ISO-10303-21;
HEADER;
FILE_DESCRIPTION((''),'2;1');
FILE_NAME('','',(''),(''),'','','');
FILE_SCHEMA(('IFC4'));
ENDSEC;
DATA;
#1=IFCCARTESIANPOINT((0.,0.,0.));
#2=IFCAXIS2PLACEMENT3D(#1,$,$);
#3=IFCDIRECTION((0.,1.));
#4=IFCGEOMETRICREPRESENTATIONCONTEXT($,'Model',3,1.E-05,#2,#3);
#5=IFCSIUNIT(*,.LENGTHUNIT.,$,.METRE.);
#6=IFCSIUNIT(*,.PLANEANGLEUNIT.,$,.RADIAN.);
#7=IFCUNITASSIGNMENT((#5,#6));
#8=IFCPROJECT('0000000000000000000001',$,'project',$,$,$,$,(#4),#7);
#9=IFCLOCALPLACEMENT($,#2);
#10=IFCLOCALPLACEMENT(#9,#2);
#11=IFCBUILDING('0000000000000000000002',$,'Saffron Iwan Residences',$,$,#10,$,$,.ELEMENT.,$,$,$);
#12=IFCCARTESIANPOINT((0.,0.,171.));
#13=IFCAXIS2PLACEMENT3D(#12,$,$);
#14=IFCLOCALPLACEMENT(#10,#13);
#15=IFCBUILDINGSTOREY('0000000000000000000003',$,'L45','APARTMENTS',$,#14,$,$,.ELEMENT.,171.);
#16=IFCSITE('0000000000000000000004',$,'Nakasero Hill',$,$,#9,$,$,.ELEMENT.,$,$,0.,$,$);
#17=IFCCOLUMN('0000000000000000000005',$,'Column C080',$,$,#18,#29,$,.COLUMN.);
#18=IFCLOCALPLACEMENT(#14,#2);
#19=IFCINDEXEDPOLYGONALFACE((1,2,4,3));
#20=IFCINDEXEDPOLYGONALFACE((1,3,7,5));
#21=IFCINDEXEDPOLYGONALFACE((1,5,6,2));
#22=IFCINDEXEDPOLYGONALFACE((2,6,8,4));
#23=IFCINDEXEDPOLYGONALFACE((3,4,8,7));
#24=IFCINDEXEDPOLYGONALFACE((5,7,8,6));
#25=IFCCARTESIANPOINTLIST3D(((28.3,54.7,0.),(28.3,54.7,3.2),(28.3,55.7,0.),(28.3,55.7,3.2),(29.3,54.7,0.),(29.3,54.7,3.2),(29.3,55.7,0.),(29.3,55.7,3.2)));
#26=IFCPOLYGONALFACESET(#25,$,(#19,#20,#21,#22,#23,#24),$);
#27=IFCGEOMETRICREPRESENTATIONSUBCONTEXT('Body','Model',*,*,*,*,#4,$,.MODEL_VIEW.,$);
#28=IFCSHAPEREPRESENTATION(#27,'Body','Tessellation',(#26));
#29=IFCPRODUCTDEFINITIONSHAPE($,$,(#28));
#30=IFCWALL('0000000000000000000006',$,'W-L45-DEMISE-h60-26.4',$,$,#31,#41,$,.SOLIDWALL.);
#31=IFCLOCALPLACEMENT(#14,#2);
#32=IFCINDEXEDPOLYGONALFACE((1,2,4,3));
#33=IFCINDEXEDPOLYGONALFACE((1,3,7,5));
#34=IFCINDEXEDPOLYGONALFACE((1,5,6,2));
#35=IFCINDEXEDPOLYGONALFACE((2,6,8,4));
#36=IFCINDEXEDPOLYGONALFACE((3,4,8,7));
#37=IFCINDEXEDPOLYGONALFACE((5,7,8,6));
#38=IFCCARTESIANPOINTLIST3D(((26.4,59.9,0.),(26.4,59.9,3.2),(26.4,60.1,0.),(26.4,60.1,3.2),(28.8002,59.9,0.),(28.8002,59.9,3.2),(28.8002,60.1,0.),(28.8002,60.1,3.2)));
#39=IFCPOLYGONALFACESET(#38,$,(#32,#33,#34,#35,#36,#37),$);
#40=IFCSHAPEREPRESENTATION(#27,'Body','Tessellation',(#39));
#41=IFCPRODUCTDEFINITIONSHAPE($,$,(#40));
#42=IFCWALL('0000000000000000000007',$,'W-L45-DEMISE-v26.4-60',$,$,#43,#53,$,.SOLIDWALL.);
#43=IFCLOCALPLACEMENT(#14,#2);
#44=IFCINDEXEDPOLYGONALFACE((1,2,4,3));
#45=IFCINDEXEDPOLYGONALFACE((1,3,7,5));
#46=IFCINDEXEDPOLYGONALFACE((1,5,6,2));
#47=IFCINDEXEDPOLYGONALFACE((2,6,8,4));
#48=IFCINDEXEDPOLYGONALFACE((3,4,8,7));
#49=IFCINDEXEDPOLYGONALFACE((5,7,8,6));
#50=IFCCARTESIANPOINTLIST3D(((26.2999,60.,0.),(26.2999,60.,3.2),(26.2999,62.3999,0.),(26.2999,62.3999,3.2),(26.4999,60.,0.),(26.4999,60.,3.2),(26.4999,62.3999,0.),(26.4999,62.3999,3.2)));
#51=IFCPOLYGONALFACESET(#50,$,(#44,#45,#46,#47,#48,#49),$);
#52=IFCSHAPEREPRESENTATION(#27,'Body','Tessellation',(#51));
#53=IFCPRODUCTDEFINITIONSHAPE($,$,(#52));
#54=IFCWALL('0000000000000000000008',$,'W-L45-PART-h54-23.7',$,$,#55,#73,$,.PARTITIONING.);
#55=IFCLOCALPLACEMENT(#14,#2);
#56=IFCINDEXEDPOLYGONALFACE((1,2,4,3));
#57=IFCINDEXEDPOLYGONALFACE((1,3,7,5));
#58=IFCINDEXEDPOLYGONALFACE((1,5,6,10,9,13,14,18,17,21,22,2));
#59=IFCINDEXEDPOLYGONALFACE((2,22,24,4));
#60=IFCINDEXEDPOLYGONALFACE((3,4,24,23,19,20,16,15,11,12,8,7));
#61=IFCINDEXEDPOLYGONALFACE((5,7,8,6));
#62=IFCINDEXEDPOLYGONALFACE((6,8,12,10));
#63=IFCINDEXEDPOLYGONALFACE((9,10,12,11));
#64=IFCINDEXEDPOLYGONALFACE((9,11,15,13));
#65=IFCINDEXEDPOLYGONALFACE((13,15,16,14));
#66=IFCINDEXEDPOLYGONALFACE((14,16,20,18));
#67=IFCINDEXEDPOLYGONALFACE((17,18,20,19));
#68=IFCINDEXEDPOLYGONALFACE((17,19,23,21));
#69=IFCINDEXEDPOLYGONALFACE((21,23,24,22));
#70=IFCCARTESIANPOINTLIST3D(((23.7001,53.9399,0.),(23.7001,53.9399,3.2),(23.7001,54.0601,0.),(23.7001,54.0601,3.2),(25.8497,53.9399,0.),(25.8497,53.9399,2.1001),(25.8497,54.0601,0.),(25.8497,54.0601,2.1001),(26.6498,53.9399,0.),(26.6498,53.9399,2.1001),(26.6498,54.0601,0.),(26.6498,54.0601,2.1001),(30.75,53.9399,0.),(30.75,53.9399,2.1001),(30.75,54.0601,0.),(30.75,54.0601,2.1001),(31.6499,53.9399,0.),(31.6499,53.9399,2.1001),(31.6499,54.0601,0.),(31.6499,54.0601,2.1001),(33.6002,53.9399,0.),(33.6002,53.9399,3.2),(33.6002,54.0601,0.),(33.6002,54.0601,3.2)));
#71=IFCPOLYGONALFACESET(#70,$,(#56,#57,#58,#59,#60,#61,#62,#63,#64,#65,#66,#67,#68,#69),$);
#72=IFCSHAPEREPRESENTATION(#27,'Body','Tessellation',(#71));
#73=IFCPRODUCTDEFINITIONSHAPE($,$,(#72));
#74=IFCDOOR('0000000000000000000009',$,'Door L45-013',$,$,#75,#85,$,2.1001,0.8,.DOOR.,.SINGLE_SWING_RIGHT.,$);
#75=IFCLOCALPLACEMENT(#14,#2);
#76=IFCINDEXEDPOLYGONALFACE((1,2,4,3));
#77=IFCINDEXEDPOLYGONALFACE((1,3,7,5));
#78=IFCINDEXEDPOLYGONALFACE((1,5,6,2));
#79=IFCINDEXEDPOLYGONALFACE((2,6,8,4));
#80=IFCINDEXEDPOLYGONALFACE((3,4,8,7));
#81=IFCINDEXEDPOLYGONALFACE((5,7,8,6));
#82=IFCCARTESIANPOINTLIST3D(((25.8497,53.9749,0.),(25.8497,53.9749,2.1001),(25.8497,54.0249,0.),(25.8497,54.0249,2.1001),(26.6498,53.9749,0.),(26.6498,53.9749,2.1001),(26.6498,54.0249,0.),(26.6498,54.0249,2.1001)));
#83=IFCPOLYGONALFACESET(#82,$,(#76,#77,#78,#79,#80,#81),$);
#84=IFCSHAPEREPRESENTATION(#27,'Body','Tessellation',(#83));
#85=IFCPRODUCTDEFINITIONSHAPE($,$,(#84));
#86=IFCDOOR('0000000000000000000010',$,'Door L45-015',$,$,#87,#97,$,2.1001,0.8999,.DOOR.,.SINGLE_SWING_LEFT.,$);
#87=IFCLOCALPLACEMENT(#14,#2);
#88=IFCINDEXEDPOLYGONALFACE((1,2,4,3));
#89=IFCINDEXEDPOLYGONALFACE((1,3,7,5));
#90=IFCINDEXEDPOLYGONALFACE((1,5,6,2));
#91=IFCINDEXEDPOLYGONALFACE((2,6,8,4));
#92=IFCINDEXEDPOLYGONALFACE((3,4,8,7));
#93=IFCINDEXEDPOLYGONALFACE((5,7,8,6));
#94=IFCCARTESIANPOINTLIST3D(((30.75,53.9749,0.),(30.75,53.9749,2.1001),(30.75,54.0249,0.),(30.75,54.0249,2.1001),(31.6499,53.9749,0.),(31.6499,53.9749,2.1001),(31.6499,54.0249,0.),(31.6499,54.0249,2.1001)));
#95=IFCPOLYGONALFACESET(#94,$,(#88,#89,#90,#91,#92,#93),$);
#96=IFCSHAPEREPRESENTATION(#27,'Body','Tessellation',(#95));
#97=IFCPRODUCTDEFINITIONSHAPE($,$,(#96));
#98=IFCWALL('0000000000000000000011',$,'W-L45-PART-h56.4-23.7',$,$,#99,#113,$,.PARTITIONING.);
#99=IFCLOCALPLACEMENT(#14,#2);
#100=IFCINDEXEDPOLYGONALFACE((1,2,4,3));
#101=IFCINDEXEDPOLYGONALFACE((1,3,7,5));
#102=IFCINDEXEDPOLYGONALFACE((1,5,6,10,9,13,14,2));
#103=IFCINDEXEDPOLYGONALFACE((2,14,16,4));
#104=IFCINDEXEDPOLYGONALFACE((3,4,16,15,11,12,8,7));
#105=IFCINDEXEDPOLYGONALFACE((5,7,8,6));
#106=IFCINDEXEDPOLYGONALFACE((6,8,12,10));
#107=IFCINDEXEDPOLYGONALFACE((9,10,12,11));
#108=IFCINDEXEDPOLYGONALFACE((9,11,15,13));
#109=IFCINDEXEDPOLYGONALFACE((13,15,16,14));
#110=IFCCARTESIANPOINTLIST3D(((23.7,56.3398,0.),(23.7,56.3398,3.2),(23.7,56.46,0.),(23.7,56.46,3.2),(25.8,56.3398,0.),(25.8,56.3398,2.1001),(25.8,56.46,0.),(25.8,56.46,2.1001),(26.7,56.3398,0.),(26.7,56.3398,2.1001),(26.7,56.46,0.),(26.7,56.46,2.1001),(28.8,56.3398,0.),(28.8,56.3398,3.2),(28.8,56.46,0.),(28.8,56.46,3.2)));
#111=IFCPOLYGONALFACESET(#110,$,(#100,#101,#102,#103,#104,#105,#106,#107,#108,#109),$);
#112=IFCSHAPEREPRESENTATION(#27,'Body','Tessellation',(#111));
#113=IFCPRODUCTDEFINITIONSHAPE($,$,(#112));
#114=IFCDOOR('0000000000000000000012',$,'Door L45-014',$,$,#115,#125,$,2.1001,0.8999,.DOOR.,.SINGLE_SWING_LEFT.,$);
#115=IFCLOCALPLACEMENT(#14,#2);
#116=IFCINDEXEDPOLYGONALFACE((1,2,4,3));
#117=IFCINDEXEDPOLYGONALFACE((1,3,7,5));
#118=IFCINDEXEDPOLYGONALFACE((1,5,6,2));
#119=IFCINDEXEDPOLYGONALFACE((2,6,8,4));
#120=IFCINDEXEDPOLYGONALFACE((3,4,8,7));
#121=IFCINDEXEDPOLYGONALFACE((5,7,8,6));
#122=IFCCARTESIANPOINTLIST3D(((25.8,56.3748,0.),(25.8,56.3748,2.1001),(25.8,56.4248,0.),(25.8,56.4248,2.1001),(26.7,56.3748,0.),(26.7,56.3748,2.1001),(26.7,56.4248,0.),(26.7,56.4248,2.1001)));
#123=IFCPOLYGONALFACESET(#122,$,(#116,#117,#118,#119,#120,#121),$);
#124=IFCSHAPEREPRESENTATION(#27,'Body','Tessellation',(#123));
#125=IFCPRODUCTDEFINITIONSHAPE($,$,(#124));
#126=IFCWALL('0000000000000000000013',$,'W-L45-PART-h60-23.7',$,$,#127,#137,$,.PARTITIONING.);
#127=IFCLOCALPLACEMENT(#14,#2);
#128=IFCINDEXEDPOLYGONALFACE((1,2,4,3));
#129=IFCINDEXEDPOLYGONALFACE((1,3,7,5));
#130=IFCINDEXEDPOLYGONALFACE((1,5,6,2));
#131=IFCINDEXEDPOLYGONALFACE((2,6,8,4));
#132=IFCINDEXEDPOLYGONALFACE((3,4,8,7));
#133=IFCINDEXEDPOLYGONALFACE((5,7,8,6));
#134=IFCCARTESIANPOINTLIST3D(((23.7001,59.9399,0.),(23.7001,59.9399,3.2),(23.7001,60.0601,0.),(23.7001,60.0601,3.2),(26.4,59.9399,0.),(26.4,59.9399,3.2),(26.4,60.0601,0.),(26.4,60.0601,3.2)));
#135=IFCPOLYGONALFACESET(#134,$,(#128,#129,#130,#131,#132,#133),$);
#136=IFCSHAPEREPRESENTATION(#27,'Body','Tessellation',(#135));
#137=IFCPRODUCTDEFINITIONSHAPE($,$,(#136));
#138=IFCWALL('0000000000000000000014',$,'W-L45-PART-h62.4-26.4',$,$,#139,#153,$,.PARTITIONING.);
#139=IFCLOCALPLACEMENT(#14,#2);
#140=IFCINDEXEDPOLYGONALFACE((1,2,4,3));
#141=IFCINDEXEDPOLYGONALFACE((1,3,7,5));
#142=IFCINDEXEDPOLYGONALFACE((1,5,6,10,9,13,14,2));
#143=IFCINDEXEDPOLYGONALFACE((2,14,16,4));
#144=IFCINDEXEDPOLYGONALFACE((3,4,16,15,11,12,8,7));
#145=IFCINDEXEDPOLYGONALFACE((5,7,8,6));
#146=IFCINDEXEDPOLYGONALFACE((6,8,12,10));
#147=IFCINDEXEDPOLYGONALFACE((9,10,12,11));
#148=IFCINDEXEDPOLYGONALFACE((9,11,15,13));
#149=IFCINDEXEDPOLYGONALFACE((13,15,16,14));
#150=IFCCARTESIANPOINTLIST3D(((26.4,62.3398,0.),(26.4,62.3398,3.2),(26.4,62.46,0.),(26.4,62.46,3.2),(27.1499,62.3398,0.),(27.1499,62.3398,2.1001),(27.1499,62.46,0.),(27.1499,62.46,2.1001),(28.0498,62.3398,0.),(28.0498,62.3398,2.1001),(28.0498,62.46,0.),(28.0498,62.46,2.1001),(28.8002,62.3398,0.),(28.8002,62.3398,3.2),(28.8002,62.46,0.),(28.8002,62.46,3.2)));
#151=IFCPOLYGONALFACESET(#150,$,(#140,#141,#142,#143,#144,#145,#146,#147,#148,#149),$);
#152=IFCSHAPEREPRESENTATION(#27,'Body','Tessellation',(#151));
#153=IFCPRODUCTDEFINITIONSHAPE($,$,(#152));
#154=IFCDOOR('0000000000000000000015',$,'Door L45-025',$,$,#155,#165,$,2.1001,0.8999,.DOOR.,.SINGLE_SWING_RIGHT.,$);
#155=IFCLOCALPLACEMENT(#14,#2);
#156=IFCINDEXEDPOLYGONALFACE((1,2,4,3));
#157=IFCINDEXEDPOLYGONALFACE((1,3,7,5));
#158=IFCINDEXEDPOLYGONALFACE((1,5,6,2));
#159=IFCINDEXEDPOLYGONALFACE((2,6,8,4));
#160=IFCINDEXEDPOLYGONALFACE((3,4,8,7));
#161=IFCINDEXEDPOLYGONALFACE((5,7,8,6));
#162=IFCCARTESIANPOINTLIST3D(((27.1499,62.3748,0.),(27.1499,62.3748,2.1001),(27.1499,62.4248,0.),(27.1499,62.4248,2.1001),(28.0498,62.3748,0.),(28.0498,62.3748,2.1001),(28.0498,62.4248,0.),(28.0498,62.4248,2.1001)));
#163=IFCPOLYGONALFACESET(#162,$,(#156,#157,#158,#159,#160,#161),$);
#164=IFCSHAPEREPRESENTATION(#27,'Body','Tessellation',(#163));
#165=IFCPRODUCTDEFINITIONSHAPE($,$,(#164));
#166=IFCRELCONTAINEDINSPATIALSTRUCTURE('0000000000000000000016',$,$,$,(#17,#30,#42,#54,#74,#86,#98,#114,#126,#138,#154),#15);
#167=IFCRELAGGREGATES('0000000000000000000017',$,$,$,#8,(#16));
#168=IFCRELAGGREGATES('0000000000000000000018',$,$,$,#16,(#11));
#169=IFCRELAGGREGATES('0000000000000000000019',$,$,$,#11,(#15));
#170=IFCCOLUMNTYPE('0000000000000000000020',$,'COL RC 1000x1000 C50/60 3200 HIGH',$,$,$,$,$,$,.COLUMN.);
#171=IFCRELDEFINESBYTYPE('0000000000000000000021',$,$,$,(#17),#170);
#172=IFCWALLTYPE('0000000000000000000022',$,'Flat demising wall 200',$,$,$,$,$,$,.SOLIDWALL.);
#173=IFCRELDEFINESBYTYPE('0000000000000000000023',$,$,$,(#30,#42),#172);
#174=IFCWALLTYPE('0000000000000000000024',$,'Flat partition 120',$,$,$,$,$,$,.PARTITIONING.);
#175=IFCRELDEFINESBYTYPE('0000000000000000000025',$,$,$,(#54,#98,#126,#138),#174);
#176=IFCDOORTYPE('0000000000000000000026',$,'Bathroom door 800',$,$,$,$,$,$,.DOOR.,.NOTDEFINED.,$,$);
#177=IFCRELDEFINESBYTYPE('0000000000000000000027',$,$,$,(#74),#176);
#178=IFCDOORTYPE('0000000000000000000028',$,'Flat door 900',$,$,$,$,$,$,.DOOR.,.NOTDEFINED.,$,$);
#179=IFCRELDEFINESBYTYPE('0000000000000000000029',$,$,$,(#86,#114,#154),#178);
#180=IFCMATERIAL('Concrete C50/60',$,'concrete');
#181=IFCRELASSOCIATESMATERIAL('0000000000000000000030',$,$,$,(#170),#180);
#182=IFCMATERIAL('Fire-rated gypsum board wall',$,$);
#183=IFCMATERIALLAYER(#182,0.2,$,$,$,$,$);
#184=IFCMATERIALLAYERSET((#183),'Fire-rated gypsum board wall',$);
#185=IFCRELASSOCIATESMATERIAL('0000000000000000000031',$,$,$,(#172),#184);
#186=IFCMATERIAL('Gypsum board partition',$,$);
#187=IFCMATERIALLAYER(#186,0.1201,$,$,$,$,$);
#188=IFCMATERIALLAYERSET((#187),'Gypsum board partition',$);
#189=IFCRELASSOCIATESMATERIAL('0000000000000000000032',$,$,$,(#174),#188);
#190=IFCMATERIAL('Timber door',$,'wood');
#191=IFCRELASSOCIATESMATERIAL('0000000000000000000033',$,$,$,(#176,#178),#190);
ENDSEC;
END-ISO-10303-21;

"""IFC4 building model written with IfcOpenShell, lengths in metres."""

from ifc_helpers import new_model, si_unit, direction, frame, frame_2d, origin, origin_2d, place, context, subcontext, project, spatial, rectangle, extrude, source, transform, mapped, material, layer, layer_set, material_profile, profile_set, type_object, element, fill, save


model = new_model("IFC4")

# Units and contexts
model_context = context("Model", 3, precision=1e-05, world=origin(), true_north=direction((0.0, 1.0)))
body_context = subcontext(model_context, "Body", "Model", "MODEL_VIEW")
ifc_project = project(units=[si_unit("LENGTHUNIT", "METRE"), si_unit("PLANEANGLEUNIT", "RADIAN")], contexts=[model_context])

# Site, building, storey
site_placement = place(None, origin())
site = spatial("IfcSite", under=ifc_project, at=site_placement, Name="Nakasero Hill", CompositionType="ELEMENT", RefElevation=0.0)
building_placement = place(site_placement, origin())
building = spatial("IfcBuilding", under=site, at=building_placement, Name="Saffron Iwan Residences", CompositionType="ELEMENT")
storey_placement = place(building_placement, frame((0.0, 0.0, 171.0)))
storey = spatial("IfcBuildingStorey", under=building, at=storey_placement, Name="L45", Description="APARTMENTS", CompositionType="ELEMENT", Elevation=171.0)

# Column
ifc_material_1 = material(Name="Concrete C50/60", Category="concrete")
ifc_material_profile = material_profile(ifc_material_1, rectangle(XDim=1.0, YDim=1.0, at=origin_2d()), Name="RC 1000x1000")
ifc_profile_set = profile_set([ifc_material_profile], Name="Concrete C50/60")
column_type = type_object("IfcColumnType", Name="COL RC 1000x1000 C50/60 3200 HIGH", PredefinedType="COLUMN", material=ifc_profile_set)
shared_shape = source(origin(), body_context, "Body", "SweptSolid", [
    extrude(rectangle(XDim=1.0, YDim=1.0, at=origin_2d()), origin(), (0.0, 0.0, 1.0), 3.2),
])
column_placement = place(storey_placement, frame((28.8, 55.2, 0.0), z_axis=(0.0, 0.0, 1.0), x_axis=(1.0, 0.0, 0.0)))
element("IfcColumn", 1, at=column_placement, inside=storey, type_object=column_type, Name="Column C080", PredefinedType="COLUMN", context=body_context, shape_type="MappedRepresentation", body=[
    mapped(shared_shape, transform((0.0, 0.0, 0.0))),
])

# Walls
ifc_material_2 = material(Name="Fire-rated gypsum board wall")
ifc_layer_1 = layer(ifc_material_2, 0.2)
ifc_layer_set_1 = layer_set([ifc_layer_1], Name="Fire-rated gypsum board wall")
wall_type_1 = type_object("IfcWallType", Name="Flat demising wall 200", PredefinedType="SOLIDWALL", material=ifc_layer_set_1)
wall_1_placement = place(storey_placement, frame((26.3999, 60.0, 0.0), z_axis=(0.0, 0.0, 1.0), x_axis=(1.0, 0.0, 0.0)))
element("IfcWall", 2, at=wall_1_placement, inside=storey, type_object=wall_type_1, Name="W-L45-DEMISE-h60-26.4", PredefinedType="SOLIDWALL", context=body_context, shape_type="SweptSolid", body=[
    extrude(rectangle(XDim=2.4001, YDim=0.2, at=frame_2d((1.2002, 0.0))), origin(), (0.0, 0.0, 1.0), 3.2),
])
wall_2_placement = place(storey_placement, frame((26.3999, 60.0, 0.0), z_axis=(0.0, 0.0, 1.0), x_axis=(0.0, 1.0, 0.0)))
element("IfcWall", 3, at=wall_2_placement, inside=storey, type_object=wall_type_1, Name="W-L45-DEMISE-v26.4-60", PredefinedType="SOLIDWALL", context=body_context, shape_type="SweptSolid", body=[
    extrude(rectangle(XDim=2.3999, YDim=0.2, at=frame_2d((1.2, 0.0))), origin(), (0.0, 0.0, 1.0), 3.2),
])

# Wall, openings, doors
ifc_material_3 = material(Name="Gypsum board partition")
ifc_layer_2 = layer(ifc_material_3, 0.1201)
ifc_layer_set_2 = layer_set([ifc_layer_2], Name="Gypsum board partition")
wall_type_2 = type_object("IfcWallType", Name="Flat partition 120", PredefinedType="PARTITIONING", material=ifc_layer_set_2)
wall_3_placement = place(storey_placement, frame((23.7, 54.0, 0.0), z_axis=(0.0, 0.0, 1.0), x_axis=(1.0, 0.0, 0.0)))
wall_3 = element("IfcWall", 4, at=wall_3_placement, inside=storey, type_object=wall_type_2, Name="W-L45-PART-h54-23.7", PredefinedType="PARTITIONING", context=body_context, shape_type="SweptSolid", body=[
    extrude(rectangle(XDim=9.9001, YDim=0.1201, at=frame_2d((4.9502, 0.0))), origin(), (0.0, 0.0, 1.0), 3.2),
])
opening_1_placement = place(wall_3_placement, frame((2.1499, 0.0, 0.0)))
opening_1 = element("IfcOpeningElement", 5, at=opening_1_placement, cuts=wall_3, PredefinedType="OPENING", context=body_context, shape_type="SweptSolid", body=[
    extrude(rectangle(XDim=0.8, YDim=2.1001, at=frame_2d((0.3999, 1.05))), frame((0.0, 0.0701, 0.0), z_axis=(0.0, -1.0, 0.0), x_axis=(1.0, 0.0, 0.0)), (0.0, 0.0, 1.0), 0.1401),
])
opening_2_placement = place(wall_3_placement, frame((7.05, 0.0, 0.0)))
opening_2 = element("IfcOpeningElement", 6, at=opening_2_placement, cuts=wall_3, PredefinedType="OPENING", context=body_context, shape_type="SweptSolid", body=[
    extrude(rectangle(XDim=0.8999, YDim=2.1001, at=frame_2d((0.45, 1.05))), frame((0.0, 0.0701, 0.0), z_axis=(0.0, -1.0, 0.0), x_axis=(1.0, 0.0, 0.0)), (0.0, 0.0, 1.0), 0.1401),
])
ifc_material_4 = material(Name="Timber door", Category="wood")
door_type_1 = type_object("IfcDoorType", Name="Bathroom door 800", OperationType="NOTDEFINED", PredefinedType="DOOR", material=ifc_material_4)
door_1_placement = place(opening_1_placement, origin())
door_1 = element("IfcDoor", 7, at=door_1_placement, inside=storey, type_object=door_type_1, Name="Door L45-013", OperationType="SINGLE_SWING_RIGHT", OverallHeight=2.1001, OverallWidth=0.8, PredefinedType="DOOR", context=body_context, shape_type="SweptSolid", body=[
    extrude(rectangle(XDim=0.8, YDim=2.1001, at=frame_2d((0.3999, 1.05))), frame((0.0, 0.0249, 0.0), z_axis=(0.0, -1.0, 0.0), x_axis=(1.0, 0.0, 0.0)), (0.0, 0.0, 1.0), 0.05),
])
fill(opening_1, door_1)
door_type_2 = type_object("IfcDoorType", Name="Flat door 900", OperationType="NOTDEFINED", PredefinedType="DOOR", material=ifc_material_4)
door_2_placement = place(opening_2_placement, origin())
door_2 = element("IfcDoor", 8, at=door_2_placement, inside=storey, type_object=door_type_2, Name="Door L45-015", OperationType="SINGLE_SWING_LEFT", OverallHeight=2.1001, OverallWidth=0.8999, PredefinedType="DOOR", context=body_context, shape_type="SweptSolid", body=[
    extrude(rectangle(XDim=0.8999, YDim=2.1001, at=frame_2d((0.45, 1.05))), frame((0.0, 0.0249, 0.0), z_axis=(0.0, -1.0, 0.0), x_axis=(1.0, 0.0, 0.0)), (0.0, 0.0, 1.0), 0.05),
])
fill(opening_2, door_2)

# Wall, opening, door
wall_4_placement = place(storey_placement, frame((23.7, 56.3999, 0.0), z_axis=(0.0, 0.0, 1.0), x_axis=(1.0, 0.0, 0.0)))
wall_4 = element("IfcWall", 9, at=wall_4_placement, inside=storey, type_object=wall_type_2, Name="W-L45-PART-h56.4-23.7", PredefinedType="PARTITIONING", context=body_context, shape_type="SweptSolid", body=[
    extrude(rectangle(XDim=5.1001, YDim=0.1201, at=frame_2d((2.55, 0.0))), origin(), (0.0, 0.0, 1.0), 3.2),
])
opening_3_placement = place(wall_4_placement, frame((2.1001, 0.0, 0.0)))
opening_3 = element("IfcOpeningElement", 10, at=opening_3_placement, cuts=wall_4, PredefinedType="OPENING", context=body_context, shape_type="SweptSolid", body=[
    extrude(rectangle(XDim=0.8999, YDim=2.1001, at=frame_2d((0.45, 1.05))), frame((0.0, 0.0701, 0.0), z_axis=(0.0, -1.0, 0.0), x_axis=(1.0, 0.0, 0.0)), (0.0, 0.0, 1.0), 0.1401),
])
door_3_placement = place(opening_3_placement, origin())
door_3 = element("IfcDoor", 11, at=door_3_placement, inside=storey, type_object=door_type_2, Name="Door L45-014", OperationType="SINGLE_SWING_LEFT", OverallHeight=2.1001, OverallWidth=0.8999, PredefinedType="DOOR", context=body_context, shape_type="SweptSolid", body=[
    extrude(rectangle(XDim=0.8999, YDim=2.1001, at=frame_2d((0.45, 1.05))), frame((0.0, 0.0249, 0.0), z_axis=(0.0, -1.0, 0.0), x_axis=(1.0, 0.0, 0.0)), (0.0, 0.0, 1.0), 0.05),
])
fill(opening_3, door_3)

# Wall
wall_5_placement = place(storey_placement, frame((23.7, 60.0, 0.0), z_axis=(0.0, 0.0, 1.0), x_axis=(1.0, 0.0, 0.0)))
element("IfcWall", 12, at=wall_5_placement, inside=storey, type_object=wall_type_2, Name="W-L45-PART-h60-23.7", PredefinedType="PARTITIONING", context=body_context, shape_type="SweptSolid", body=[
    extrude(rectangle(XDim=2.7, YDim=0.1201, at=frame_2d((1.3501, 0.0))), origin(), (0.0, 0.0, 1.0), 3.2),
])

# Wall, opening, door
wall_6_placement = place(storey_placement, frame((26.3999, 62.3999, 0.0), z_axis=(0.0, 0.0, 1.0), x_axis=(1.0, 0.0, 0.0)))
wall_6 = element("IfcWall", 13, at=wall_6_placement, inside=storey, type_object=wall_type_2, Name="W-L45-PART-h62.4-26.4", PredefinedType="PARTITIONING", context=body_context, shape_type="SweptSolid", body=[
    extrude(rectangle(XDim=2.4001, YDim=0.1201, at=frame_2d((1.2002, 0.0))), origin(), (0.0, 0.0, 1.0), 3.2),
])
opening_4_placement = place(wall_6_placement, frame((0.75, 0.0, 0.0)))
opening_4 = element("IfcOpeningElement", 14, at=opening_4_placement, cuts=wall_6, PredefinedType="OPENING", context=body_context, shape_type="SweptSolid", body=[
    extrude(rectangle(XDim=0.8999, YDim=2.1001, at=frame_2d((0.45, 1.05))), frame((0.0, 0.0701, 0.0), z_axis=(0.0, -1.0, 0.0), x_axis=(1.0, 0.0, 0.0)), (0.0, 0.0, 1.0), 0.1401),
])
door_4_placement = place(opening_4_placement, origin())
door_4 = element("IfcDoor", 15, at=door_4_placement, inside=storey, type_object=door_type_2, Name="Door L45-025", OperationType="SINGLE_SWING_RIGHT", OverallHeight=2.1001, OverallWidth=0.8999, PredefinedType="DOOR", context=body_context, shape_type="SweptSolid", body=[
    extrude(rectangle(XDim=0.8999, YDim=2.1001, at=frame_2d((0.45, 1.05))), frame((0.0, 0.0249, 0.0), z_axis=(0.0, -1.0, 0.0), x_axis=(1.0, 0.0, 0.0)), (0.0, 0.0, 1.0), 0.05),
])
fill(opening_4, door_4)

save(model, "model.ifc")
